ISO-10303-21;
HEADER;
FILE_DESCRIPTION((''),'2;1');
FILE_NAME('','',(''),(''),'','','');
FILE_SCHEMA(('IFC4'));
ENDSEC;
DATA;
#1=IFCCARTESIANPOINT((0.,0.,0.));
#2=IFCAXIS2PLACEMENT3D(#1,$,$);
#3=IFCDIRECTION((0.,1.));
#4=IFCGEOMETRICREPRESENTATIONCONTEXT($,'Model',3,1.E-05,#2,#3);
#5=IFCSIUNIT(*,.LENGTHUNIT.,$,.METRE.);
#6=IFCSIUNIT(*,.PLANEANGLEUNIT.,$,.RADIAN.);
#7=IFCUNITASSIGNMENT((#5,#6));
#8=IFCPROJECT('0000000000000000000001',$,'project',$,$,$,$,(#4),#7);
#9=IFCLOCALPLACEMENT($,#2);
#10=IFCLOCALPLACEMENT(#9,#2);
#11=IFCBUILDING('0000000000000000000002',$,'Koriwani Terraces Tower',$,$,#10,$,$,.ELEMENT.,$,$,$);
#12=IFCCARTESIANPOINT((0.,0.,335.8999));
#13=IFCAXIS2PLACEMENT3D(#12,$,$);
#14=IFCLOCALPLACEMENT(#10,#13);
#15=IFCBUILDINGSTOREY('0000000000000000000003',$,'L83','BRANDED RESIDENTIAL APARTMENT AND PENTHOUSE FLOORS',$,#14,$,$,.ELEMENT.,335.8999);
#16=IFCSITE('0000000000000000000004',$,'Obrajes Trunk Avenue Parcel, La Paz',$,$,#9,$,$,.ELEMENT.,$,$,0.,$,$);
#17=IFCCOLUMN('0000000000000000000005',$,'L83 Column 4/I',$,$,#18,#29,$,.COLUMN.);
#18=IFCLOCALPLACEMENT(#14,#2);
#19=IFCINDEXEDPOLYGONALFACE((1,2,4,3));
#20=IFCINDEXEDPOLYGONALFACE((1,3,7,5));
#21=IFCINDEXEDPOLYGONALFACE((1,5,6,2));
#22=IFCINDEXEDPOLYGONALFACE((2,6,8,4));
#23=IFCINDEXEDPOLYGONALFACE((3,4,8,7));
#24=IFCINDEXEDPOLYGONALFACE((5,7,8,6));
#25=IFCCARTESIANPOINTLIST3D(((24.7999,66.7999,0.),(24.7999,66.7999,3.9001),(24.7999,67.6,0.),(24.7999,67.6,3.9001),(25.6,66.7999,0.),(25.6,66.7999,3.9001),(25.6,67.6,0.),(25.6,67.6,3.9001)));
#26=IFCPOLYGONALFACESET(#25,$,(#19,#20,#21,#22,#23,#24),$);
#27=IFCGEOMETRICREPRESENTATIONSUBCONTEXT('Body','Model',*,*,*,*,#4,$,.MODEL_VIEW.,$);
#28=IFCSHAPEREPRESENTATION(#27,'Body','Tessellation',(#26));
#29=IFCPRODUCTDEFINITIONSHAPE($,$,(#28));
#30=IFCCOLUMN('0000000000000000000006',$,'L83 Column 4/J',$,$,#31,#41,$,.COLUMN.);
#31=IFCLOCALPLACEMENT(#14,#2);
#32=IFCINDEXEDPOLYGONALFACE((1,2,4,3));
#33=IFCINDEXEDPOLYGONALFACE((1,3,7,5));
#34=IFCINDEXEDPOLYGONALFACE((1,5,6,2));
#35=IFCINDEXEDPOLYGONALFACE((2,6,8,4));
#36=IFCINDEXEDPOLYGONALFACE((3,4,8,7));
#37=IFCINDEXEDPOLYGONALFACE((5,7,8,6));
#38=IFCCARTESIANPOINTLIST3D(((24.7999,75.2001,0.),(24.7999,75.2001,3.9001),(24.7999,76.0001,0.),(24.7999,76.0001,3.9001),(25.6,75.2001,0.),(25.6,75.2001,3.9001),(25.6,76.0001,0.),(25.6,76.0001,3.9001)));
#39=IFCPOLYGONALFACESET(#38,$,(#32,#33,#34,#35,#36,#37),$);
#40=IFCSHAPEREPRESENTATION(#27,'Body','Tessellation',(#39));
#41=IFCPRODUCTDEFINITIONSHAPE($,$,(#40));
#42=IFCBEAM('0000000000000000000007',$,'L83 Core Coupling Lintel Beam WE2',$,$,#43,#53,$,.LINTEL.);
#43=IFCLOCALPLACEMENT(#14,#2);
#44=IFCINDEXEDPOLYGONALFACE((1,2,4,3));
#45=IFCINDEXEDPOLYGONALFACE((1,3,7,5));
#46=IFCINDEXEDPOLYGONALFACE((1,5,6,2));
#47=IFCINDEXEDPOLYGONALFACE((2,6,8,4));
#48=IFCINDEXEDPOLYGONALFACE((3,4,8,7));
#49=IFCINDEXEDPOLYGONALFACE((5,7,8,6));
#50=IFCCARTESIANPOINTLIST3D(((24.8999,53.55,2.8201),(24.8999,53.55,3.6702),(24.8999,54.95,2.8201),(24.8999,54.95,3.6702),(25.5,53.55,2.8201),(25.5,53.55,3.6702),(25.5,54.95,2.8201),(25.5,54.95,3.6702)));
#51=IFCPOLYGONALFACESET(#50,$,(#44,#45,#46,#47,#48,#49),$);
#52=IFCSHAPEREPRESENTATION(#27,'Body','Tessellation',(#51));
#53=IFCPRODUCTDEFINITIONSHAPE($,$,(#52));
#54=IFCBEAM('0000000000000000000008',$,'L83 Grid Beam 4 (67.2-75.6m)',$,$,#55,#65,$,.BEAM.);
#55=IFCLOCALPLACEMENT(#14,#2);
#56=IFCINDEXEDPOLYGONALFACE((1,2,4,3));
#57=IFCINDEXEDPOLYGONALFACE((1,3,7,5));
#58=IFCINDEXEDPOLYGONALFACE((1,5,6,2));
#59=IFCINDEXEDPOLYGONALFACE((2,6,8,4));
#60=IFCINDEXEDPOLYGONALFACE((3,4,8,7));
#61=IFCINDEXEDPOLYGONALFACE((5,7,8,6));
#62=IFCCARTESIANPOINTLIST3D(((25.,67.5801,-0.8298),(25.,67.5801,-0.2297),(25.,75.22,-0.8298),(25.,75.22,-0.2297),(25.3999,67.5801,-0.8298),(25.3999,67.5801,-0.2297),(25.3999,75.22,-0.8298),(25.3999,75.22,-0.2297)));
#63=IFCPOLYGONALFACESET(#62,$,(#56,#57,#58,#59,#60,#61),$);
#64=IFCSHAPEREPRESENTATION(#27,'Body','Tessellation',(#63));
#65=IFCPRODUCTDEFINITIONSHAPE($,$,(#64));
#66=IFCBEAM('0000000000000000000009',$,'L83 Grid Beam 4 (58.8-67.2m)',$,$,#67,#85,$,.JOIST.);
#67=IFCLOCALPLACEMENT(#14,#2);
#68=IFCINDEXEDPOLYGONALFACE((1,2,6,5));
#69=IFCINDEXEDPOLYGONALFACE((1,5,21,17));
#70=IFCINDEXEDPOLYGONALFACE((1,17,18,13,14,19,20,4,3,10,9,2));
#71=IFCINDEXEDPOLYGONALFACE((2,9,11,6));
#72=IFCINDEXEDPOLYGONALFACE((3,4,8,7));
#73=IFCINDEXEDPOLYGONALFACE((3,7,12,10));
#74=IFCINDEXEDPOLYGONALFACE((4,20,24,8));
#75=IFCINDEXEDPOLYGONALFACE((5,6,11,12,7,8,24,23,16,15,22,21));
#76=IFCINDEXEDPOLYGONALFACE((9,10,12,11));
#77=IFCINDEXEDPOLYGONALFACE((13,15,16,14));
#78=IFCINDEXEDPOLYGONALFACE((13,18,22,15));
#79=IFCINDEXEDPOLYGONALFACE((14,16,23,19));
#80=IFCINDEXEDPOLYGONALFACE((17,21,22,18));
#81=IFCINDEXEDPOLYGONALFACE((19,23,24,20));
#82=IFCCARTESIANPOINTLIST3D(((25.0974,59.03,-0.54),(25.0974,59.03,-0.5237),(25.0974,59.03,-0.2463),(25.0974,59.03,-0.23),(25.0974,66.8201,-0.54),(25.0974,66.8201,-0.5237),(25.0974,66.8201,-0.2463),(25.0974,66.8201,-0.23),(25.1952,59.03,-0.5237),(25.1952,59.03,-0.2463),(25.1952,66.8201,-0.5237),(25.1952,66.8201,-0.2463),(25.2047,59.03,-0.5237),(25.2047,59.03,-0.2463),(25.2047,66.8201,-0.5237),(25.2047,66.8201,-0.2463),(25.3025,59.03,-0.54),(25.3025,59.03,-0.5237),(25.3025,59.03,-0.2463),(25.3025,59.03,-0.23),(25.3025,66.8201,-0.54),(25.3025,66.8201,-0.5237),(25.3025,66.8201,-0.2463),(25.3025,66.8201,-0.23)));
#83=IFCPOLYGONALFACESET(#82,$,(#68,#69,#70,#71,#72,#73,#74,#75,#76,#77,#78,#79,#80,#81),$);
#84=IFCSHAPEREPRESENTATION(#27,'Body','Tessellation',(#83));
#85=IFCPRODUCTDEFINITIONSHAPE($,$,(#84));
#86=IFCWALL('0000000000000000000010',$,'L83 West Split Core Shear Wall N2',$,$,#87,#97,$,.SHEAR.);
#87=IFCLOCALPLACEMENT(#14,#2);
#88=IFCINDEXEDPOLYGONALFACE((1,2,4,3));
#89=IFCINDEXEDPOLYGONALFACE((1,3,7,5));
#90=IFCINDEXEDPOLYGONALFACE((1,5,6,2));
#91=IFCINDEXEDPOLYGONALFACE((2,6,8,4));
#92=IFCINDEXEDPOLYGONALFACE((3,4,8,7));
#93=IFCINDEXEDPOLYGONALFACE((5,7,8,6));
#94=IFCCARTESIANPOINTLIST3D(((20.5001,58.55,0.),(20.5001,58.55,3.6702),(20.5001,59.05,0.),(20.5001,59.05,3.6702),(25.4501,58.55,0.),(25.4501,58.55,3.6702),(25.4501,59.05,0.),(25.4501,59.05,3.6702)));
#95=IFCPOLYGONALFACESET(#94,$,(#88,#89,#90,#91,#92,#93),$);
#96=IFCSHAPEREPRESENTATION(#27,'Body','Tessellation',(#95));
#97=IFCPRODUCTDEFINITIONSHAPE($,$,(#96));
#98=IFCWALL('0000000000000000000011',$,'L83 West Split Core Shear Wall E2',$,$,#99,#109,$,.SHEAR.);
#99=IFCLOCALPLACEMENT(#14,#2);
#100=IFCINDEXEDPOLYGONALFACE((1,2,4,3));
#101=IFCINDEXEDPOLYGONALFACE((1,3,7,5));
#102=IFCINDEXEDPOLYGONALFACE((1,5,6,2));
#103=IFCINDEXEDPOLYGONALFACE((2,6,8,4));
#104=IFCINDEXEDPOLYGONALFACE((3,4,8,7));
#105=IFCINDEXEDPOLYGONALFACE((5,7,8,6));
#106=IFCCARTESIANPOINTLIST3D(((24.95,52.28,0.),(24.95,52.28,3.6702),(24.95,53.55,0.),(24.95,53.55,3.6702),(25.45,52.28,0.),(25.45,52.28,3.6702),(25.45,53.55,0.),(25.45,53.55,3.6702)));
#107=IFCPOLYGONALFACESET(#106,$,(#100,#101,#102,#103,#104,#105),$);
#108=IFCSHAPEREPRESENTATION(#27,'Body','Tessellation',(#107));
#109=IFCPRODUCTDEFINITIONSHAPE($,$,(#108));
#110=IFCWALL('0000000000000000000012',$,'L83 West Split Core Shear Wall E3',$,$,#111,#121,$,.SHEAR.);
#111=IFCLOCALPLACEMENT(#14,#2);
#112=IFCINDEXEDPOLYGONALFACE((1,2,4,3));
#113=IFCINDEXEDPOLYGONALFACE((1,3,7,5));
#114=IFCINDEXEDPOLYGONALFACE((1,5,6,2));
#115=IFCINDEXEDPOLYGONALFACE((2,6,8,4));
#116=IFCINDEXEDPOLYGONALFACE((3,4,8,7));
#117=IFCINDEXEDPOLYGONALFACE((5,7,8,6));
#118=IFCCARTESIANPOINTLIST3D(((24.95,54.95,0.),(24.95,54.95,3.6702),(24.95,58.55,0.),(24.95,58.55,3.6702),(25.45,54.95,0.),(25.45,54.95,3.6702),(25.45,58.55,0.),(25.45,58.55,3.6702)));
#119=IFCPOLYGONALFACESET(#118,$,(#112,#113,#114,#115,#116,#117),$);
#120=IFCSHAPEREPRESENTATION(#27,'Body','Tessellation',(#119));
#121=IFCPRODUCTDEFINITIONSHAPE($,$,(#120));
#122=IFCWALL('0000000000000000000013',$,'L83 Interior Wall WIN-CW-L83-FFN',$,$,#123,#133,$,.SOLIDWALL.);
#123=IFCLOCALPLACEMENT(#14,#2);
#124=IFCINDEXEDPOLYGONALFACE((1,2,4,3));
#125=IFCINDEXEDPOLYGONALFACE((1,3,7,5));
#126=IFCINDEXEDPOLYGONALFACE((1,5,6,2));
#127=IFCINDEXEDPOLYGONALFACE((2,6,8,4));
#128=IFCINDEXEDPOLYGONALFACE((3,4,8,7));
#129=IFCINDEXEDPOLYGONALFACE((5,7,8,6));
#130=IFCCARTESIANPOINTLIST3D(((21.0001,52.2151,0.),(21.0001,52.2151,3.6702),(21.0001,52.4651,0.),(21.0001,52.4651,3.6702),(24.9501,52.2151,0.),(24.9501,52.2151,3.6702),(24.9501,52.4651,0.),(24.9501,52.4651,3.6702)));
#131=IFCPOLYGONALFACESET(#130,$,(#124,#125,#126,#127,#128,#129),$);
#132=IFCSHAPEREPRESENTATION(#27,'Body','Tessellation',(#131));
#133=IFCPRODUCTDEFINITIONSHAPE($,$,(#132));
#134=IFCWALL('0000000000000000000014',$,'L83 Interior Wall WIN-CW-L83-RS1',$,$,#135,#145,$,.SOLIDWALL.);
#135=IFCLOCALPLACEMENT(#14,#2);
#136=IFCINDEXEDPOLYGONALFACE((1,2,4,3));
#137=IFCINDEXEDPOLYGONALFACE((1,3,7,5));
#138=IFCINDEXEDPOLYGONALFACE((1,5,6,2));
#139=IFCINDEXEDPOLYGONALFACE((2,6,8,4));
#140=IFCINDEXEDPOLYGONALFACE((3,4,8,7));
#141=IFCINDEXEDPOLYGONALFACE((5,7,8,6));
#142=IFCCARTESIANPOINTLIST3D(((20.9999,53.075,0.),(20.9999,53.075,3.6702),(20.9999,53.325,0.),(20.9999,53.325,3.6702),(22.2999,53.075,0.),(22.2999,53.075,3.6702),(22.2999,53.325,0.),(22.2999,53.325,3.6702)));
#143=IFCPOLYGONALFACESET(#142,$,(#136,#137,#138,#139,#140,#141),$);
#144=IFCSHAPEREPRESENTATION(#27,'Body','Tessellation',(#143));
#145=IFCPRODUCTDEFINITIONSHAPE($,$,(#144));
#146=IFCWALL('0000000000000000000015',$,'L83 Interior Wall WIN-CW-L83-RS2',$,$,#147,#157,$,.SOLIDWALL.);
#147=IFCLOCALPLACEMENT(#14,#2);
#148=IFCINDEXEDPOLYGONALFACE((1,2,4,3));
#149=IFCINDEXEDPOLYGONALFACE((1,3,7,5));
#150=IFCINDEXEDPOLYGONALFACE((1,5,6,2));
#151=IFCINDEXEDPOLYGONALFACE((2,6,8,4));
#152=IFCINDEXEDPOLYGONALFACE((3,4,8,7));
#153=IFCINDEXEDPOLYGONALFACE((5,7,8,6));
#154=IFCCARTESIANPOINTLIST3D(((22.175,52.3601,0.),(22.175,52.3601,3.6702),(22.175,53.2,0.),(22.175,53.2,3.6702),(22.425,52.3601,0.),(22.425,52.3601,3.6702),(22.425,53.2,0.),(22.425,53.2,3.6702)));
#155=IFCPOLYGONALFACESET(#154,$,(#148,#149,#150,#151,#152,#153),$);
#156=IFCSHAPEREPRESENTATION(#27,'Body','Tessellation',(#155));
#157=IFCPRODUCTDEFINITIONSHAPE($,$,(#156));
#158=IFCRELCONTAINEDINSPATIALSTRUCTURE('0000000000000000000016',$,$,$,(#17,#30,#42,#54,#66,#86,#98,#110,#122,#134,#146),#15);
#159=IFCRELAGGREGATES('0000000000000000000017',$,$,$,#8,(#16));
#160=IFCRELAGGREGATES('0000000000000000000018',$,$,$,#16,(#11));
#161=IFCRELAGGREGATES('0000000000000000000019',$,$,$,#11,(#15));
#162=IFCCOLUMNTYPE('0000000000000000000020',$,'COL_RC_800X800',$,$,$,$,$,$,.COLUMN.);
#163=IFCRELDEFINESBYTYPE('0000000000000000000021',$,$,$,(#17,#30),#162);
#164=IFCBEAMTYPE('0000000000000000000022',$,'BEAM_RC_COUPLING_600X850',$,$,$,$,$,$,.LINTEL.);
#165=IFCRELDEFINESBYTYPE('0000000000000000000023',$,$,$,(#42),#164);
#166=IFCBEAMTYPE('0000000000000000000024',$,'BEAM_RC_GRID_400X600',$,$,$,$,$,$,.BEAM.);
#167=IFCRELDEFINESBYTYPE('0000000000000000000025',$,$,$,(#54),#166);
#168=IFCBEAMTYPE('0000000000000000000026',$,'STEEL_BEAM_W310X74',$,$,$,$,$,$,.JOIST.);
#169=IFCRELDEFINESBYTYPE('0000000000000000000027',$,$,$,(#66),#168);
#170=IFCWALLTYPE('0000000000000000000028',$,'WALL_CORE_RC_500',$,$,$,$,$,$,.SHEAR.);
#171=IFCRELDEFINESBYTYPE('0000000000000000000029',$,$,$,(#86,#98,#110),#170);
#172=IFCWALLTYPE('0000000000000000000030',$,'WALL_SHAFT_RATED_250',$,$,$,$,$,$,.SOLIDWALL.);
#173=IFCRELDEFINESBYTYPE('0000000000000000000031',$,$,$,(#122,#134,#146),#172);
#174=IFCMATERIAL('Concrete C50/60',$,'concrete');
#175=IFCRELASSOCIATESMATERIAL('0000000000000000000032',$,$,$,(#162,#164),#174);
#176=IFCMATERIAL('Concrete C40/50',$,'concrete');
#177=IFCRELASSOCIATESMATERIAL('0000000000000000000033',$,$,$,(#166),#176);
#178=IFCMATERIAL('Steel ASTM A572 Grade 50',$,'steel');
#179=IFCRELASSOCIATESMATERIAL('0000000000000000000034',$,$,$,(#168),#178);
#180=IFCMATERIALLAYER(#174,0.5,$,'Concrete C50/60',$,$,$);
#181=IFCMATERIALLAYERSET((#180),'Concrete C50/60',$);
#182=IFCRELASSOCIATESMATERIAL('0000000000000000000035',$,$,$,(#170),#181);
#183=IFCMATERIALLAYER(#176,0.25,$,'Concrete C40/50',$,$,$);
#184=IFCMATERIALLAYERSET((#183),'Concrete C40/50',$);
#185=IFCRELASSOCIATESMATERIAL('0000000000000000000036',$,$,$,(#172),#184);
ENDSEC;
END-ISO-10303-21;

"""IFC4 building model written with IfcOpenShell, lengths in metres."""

from ifc_helpers import new_model, si_unit, direction, frame, frame_2d, origin, origin_2d, place, context, subcontext, project, spatial, rectangle, i_section, extrude, material, layer, layer_set, material_profile, profile_set, type_object, element, save


model = new_model("IFC4")

# Units and contexts
model_context = context("Model", 3, precision=1e-05, world=origin(), true_north=direction((0.0, 1.0)))
body_context = subcontext(model_context, "Body", "Model", "MODEL_VIEW")
ifc_project = project(units=[si_unit("LENGTHUNIT", "METRE"), si_unit("PLANEANGLEUNIT", "RADIAN")], contexts=[model_context])

# Site, building, storey
site_placement = place(None, origin())
site = spatial("IfcSite", under=ifc_project, at=site_placement, Name="Obrajes Trunk Avenue Parcel, La Paz", CompositionType="ELEMENT", RefElevation=0.0)
building_placement = place(site_placement, origin())
building = spatial("IfcBuilding", under=site, at=building_placement, Name="Koriwani Terraces Tower", CompositionType="ELEMENT")
storey_placement = place(building_placement, frame((0.0, 0.0, 335.8999)))
storey = spatial("IfcBuildingStorey", under=building, at=storey_placement, Name="L83", Description="BRANDED RESIDENTIAL APARTMENT AND PENTHOUSE FLOORS", CompositionType="ELEMENT", Elevation=335.8999)

# Columns
ifc_material_1 = material(Name="Concrete C50/60", Category="concrete")
ifc_material_profile_1 = material_profile(ifc_material_1, rectangle(XDim=0.8, YDim=0.8, at=origin_2d()), Name="Concrete C50/60", Category="LoadBearing")
ifc_profile_set_1 = profile_set([ifc_material_profile_1], Name="Concrete C50/60")
column_type = type_object("IfcColumnType", Name="COL_RC_800X800", PredefinedType="COLUMN", material=ifc_profile_set_1)
for number, where, z_axis, x_axis, name in (
    (1, (25.2, 67.2, 0.0), (0.0, 0.0, 1.0), (1.0, 0.0, 0.0), "L83 Column 4/I"),
    (2, (25.2, 75.6001, 0.0), (0.0, 0.0, 1.0), (1.0, 0.0, 0.0), "L83 Column 4/J"),
):
    element("IfcColumn", number, at=place(storey_placement, frame(where, z_axis=z_axis, x_axis=x_axis)), inside=storey, type_object=column_type, Name=name, PredefinedType="COLUMN", context=body_context, shape_type="SweptSolid", body=[
        extrude(rectangle(XDim=0.8, YDim=0.8, at=origin_2d()), origin(), (0.0, 0.0, 1.0), 3.9001),
    ])

# Beams
ifc_material_profile_2 = material_profile(ifc_material_1, rectangle(XDim=0.6001, YDim=0.8501, at=origin_2d()), Name="Concrete C50/60", Category="LoadBearing")
ifc_profile_set_2 = profile_set([ifc_material_profile_2], Name="Concrete C50/60")
beam_type_1 = type_object("IfcBeamType", Name="BEAM_RC_COUPLING_600X850", PredefinedType="LINTEL", material=ifc_profile_set_2)
beam_1_placement = place(storey_placement, frame((25.2, 53.55, 3.2451), z_axis=(0.0, 1.0, 0.0), x_axis=(-1.0, 0.0, 0.0)))
element("IfcBeam", 3, at=beam_1_placement, inside=storey, type_object=beam_type_1, Name="L83 Core Coupling Lintel Beam WE2", PredefinedType="LINTEL", context=body_context, shape_type="SweptSolid", body=[
    extrude(rectangle(XDim=0.6001, YDim=0.8501, at=origin_2d()), origin(), (0.0, 0.0, 1.0), 1.3999),
])
ifc_material_2 = material(Name="Concrete C40/50", Category="concrete")
ifc_material_profile_3 = material_profile(ifc_material_2, rectangle(XDim=0.3999, YDim=0.6001, at=origin_2d()), Name="Concrete C40/50", Category="LoadBearing")
ifc_profile_set_3 = profile_set([ifc_material_profile_3], Name="Concrete C40/50")
beam_type_2 = type_object("IfcBeamType", Name="BEAM_RC_GRID_400X600", PredefinedType="BEAM", material=ifc_profile_set_3)
beam_2_placement = place(storey_placement, frame((25.2, 67.5801, -0.5298), z_axis=(0.0, 1.0, 0.0), x_axis=(-1.0, 0.0, 0.0)))
element("IfcBeam", 4, at=beam_2_placement, inside=storey, type_object=beam_type_2, Name="L83 Grid Beam 4 (67.2-75.6m)", PredefinedType="BEAM", context=body_context, shape_type="SweptSolid", body=[
    extrude(rectangle(XDim=0.3999, YDim=0.6001, at=origin_2d()), origin(), (0.0, 0.0, 1.0), 7.6399),
])
ifc_material_3 = material(Name="Steel ASTM A572 Grade 50", Category="steel")
ifc_material_profile_4 = material_profile(ifc_material_3, i_section(OverallWidth=0.2051, OverallDepth=0.3101, WebThickness=0.0095, FlangeThickness=0.0164, at=origin_2d()), Name="Steel ASTM A572 Grade 50", Category="LoadBearing")
ifc_profile_set_4 = profile_set([ifc_material_profile_4], Name="Steel ASTM A572 Grade 50")
beam_type_3 = type_object("IfcBeamType", Name="STEEL_BEAM_W310X74", PredefinedType="JOIST", material=ifc_profile_set_4)
beam_3_placement = place(storey_placement, frame((25.2, 59.03, -0.385), z_axis=(0.0, 1.0, 0.0), x_axis=(-1.0, 0.0, 0.0)))
element("IfcBeam", 5, at=beam_3_placement, inside=storey, type_object=beam_type_3, Name="L83 Grid Beam 4 (58.8-67.2m)", PredefinedType="JOIST", context=body_context, shape_type="SweptSolid", body=[
    extrude(i_section(OverallWidth=0.2051, OverallDepth=0.3101, WebThickness=0.0095, FlangeThickness=0.0164, at=origin_2d()), origin(), (0.0, 0.0, 1.0), 7.79),
])

# Walls
ifc_layer_1 = layer(ifc_material_1, 0.5, Name="Concrete C50/60")
ifc_layer_set_1 = layer_set([ifc_layer_1], Name="Concrete C50/60")
wall_type_1 = type_object("IfcWallType", Name="WALL_CORE_RC_500", PredefinedType="SHEAR", material=ifc_layer_set_1)
wall_1_placement = place(storey_placement, frame((20.5, 58.8, 0.0), z_axis=(0.0, 0.0, 1.0), x_axis=(1.0, 0.0, 0.0)))
element("IfcWall", 6, at=wall_1_placement, inside=storey, type_object=wall_type_1, Name="L83 West Split Core Shear Wall N2", PredefinedType="SHEAR", context=body_context, shape_type="SweptSolid", body=[
    extrude(rectangle(XDim=4.95, YDim=0.5, at=frame_2d((2.4751, 0.0))), origin(), (0.0, 0.0, 1.0), 3.6702),
])
wall_2_placement = place(storey_placement, frame((25.2, 52.28, 0.0), z_axis=(0.0, 0.0, 1.0), x_axis=(0.0, 1.0, 0.0)))
element("IfcWall", 7, at=wall_2_placement, inside=storey, type_object=wall_type_1, Name="L83 West Split Core Shear Wall E2", PredefinedType="SHEAR", context=body_context, shape_type="SweptSolid", body=[
    extrude(rectangle(XDim=1.27, YDim=0.5, at=frame_2d((0.635, 0.0))), origin(), (0.0, 0.0, 1.0), 3.6702),
])
wall_3_placement = place(storey_placement, frame((25.2, 54.95, 0.0), z_axis=(0.0, 0.0, 1.0), x_axis=(0.0, 1.0, 0.0)))
element("IfcWall", 8, at=wall_3_placement, inside=storey, type_object=wall_type_1, Name="L83 West Split Core Shear Wall E3", PredefinedType="SHEAR", context=body_context, shape_type="SweptSolid", body=[
    extrude(rectangle(XDim=3.6001, YDim=0.5, at=frame_2d((1.8, 0.0))), origin(), (0.0, 0.0, 1.0), 3.6702),
])
ifc_layer_2 = layer(ifc_material_2, 0.25, Name="Concrete C40/50")
ifc_layer_set_2 = layer_set([ifc_layer_2], Name="Concrete C40/50")
wall_type_2 = type_object("IfcWallType", Name="WALL_SHAFT_RATED_250", PredefinedType="SOLIDWALL", material=ifc_layer_set_2)
wall_4_placement = place(storey_placement, frame((21.0, 52.3401, 0.0), z_axis=(0.0, 0.0, 1.0), x_axis=(1.0, 0.0, 0.0)))
element("IfcWall", 9, at=wall_4_placement, inside=storey, type_object=wall_type_2, Name="L83 Interior Wall WIN-CW-L83-FFN", PredefinedType="SOLIDWALL", context=body_context, shape_type="SweptSolid", body=[
    extrude(rectangle(XDim=3.95, YDim=0.25, at=frame_2d((1.9751, 0.0))), origin(), (0.0, 0.0, 1.0), 3.6702),
])

# Walls
wall_5_placement = place(storey_placement, frame((21.0, 53.2, 0.0), z_axis=(0.0, 0.0, 1.0), x_axis=(1.0, 0.0, 0.0)))
element("IfcWall", 10, at=wall_5_placement, inside=storey, type_object=wall_type_2, Name="L83 Interior Wall WIN-CW-L83-RS1", PredefinedType="SOLIDWALL", context=body_context, shape_type="SweptSolid", body=[
    extrude(rectangle(XDim=1.3, YDim=0.25, at=frame_2d((0.6499, 0.0))), origin(), (0.0, 0.0, 1.0), 3.6702),
])
wall_6_placement = place(storey_placement, frame((22.3, 52.3601, 0.0), z_axis=(0.0, 0.0, 1.0), x_axis=(0.0, 1.0, 0.0)))
element("IfcWall", 11, at=wall_6_placement, inside=storey, type_object=wall_type_2, Name="L83 Interior Wall WIN-CW-L83-RS2", PredefinedType="SOLIDWALL", context=body_context, shape_type="SweptSolid", body=[
    extrude(rectangle(XDim=0.8398, YDim=0.25, at=frame_2d((0.4199, 0.0))), origin(), (0.0, 0.0, 1.0), 3.6702),
])

save(model, "model.ifc")
